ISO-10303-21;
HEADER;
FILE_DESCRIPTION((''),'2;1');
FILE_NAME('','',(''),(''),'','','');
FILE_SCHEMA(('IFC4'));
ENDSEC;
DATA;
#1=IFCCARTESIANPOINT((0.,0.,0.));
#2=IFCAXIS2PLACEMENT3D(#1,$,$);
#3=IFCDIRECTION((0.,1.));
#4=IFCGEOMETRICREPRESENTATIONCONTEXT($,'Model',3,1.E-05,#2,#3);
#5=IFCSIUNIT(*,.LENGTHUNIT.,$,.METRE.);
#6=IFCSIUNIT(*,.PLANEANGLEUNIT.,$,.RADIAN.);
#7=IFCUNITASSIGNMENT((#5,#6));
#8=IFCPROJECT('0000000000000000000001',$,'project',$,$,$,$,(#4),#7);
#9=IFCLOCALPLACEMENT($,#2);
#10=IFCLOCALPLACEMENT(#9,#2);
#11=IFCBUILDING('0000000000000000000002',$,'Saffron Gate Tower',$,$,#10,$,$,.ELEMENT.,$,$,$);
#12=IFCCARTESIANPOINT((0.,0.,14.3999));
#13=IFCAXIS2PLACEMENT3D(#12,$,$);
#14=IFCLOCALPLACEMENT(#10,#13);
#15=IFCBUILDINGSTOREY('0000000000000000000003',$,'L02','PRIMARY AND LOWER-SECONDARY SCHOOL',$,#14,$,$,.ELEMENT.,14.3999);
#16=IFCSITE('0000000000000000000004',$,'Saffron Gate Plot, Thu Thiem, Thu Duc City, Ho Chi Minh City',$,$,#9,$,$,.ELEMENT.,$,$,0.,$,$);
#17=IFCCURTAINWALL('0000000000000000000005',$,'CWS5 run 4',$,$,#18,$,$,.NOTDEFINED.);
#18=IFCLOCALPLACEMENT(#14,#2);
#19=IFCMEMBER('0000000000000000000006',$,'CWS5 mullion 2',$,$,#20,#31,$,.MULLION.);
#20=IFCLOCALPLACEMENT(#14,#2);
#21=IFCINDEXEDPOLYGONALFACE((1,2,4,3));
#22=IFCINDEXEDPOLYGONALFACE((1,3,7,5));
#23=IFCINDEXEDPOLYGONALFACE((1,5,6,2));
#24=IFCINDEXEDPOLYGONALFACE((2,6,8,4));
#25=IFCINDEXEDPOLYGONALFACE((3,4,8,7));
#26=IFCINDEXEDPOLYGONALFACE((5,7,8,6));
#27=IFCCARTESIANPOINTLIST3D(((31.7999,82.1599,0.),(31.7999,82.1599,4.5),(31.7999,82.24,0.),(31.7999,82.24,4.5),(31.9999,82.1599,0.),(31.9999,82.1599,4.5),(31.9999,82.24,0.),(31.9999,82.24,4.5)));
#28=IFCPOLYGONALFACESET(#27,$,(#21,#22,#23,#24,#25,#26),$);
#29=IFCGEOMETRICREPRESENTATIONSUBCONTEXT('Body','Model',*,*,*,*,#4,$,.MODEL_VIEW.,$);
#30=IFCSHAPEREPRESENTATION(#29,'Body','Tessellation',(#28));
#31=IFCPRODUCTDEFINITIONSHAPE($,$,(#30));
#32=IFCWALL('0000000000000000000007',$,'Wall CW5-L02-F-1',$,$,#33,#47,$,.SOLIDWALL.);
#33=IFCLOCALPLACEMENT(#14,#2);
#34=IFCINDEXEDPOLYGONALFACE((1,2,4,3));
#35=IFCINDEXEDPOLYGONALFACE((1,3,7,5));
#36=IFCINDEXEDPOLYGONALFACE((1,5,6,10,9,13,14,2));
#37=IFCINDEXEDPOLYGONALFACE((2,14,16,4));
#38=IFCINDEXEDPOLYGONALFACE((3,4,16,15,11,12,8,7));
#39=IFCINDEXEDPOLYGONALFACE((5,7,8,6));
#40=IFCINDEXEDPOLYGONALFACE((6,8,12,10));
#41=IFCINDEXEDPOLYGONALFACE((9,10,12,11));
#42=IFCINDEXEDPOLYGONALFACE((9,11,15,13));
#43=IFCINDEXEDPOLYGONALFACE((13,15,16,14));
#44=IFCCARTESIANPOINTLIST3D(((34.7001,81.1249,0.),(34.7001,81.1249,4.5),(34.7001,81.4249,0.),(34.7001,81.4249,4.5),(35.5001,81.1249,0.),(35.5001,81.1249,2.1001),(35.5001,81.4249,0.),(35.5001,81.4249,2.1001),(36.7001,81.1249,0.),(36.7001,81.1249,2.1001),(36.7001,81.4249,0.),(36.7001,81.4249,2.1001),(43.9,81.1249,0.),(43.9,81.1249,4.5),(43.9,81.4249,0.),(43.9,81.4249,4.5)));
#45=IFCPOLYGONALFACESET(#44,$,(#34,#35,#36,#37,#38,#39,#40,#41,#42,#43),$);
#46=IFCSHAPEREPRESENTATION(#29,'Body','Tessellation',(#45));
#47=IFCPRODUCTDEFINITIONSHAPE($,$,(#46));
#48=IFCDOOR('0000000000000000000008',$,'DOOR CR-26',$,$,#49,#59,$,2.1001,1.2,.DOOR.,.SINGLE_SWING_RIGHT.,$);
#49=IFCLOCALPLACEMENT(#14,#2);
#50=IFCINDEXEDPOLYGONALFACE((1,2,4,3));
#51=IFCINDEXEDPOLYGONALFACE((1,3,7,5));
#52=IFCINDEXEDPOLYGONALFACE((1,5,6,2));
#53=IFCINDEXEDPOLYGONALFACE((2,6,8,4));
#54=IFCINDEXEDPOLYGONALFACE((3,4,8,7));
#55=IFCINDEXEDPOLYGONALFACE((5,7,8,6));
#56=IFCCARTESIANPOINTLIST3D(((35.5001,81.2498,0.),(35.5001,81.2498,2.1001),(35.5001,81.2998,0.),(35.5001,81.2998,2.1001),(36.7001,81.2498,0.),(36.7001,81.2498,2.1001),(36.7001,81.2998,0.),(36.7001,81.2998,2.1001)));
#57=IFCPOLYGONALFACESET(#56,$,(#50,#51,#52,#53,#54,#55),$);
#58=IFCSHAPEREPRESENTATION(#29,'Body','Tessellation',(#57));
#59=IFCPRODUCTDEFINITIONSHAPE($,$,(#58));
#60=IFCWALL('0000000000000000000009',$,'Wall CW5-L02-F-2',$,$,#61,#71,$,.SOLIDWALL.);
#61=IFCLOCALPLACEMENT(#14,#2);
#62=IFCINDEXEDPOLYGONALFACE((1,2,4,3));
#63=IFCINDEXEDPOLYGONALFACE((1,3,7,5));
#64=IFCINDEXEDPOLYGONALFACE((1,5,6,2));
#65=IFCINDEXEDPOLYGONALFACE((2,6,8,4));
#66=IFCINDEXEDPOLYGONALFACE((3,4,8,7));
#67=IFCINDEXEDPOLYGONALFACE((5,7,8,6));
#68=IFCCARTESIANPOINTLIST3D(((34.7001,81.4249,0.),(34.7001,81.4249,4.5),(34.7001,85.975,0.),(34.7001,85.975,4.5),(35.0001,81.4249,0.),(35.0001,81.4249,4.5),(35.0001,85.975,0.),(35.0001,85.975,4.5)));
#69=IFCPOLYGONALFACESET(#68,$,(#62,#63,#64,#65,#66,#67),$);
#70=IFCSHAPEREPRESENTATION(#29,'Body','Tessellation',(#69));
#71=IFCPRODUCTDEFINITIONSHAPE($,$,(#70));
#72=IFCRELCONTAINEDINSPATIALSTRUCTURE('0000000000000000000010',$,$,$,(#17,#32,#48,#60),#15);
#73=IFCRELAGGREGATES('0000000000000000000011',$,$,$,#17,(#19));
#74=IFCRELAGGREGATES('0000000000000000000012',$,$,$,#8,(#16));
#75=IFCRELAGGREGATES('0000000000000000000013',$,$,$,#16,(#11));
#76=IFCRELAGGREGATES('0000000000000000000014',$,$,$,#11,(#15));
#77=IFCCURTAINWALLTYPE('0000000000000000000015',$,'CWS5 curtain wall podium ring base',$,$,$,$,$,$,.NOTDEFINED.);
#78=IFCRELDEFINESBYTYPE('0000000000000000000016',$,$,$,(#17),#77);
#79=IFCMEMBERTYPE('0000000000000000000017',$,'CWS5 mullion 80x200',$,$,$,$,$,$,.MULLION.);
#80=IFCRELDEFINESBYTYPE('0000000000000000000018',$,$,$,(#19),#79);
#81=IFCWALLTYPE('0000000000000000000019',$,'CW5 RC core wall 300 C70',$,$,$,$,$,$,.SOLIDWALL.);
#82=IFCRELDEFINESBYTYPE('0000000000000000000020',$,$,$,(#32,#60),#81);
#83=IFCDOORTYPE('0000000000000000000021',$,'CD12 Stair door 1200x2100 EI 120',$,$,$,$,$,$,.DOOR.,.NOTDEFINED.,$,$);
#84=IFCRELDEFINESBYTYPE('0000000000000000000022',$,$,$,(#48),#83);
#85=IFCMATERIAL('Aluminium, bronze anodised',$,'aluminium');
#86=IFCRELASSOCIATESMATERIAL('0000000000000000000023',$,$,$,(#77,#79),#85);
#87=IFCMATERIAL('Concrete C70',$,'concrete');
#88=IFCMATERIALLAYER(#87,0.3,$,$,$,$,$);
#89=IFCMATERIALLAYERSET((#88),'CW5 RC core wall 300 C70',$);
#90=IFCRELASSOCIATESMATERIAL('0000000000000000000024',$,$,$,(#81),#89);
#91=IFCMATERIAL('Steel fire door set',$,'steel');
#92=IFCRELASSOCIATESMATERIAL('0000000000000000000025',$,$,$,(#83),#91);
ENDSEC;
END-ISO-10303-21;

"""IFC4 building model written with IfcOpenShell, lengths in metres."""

from ifc_helpers import new_model, si_unit, direction, frame, frame_2d, origin, origin_2d, place, context, subcontext, project, spatial, rectangle, extrude, material, layer, layer_set, material_profile, profile_set, type_object, element, fill, aggregate, save


model = new_model("IFC4")

# Units and contexts
model_context = context("Model", 3, precision=1e-05, world=origin(), true_north=direction((0.0, 1.0)))
body_context = subcontext(model_context, "Body", "Model", "MODEL_VIEW")
ifc_project = project(units=[si_unit("LENGTHUNIT", "METRE"), si_unit("PLANEANGLEUNIT", "RADIAN")], contexts=[model_context])

# Site, building, storey
site_placement = place(None, origin())
site = spatial("IfcSite", under=ifc_project, at=site_placement, Name="Saffron Gate Plot, Thu Thiem, Thu Duc City, Ho Chi Minh City", CompositionType="ELEMENT", RefElevation=0.0)
building_placement = place(site_placement, origin())
building = spatial("IfcBuilding", under=site, at=building_placement, Name="Saffron Gate Tower", CompositionType="ELEMENT")
storey_placement = place(building_placement, frame((0.0, 0.0, 14.3999)))
storey = spatial("IfcBuildingStorey", under=building, at=storey_placement, Name="L02", Description="PRIMARY AND LOWER-SECONDARY SCHOOL", CompositionType="ELEMENT", Elevation=14.3999)

# Curtain wall, member
ifc_material_1 = material(Name="Aluminium, bronze anodised", Category="aluminium")
curtain_wall_type = type_object("IfcCurtainWallType", Name="CWS5 curtain wall podium ring base", PredefinedType="NOTDEFINED", material=ifc_material_1)
curtain_wall_placement = place(storey_placement, origin())
curtain_wall = element("IfcCurtainWall", 1, at=curtain_wall_placement, inside=storey, type_object=curtain_wall_type, Name="CWS5 run 4", PredefinedType="NOTDEFINED")
ifc_material_profile_1 = material_profile(ifc_material_1, rectangle(XDim=0.2, YDim=0.0801, at=origin_2d()))
ifc_profile_set_1 = profile_set([ifc_material_profile_1], Name="Aluminium, bronze anodised")
member_type = type_object("IfcMemberType", Name="CWS5 mullion 80x200", PredefinedType="MULLION", material=ifc_profile_set_1)
member_placement = place(storey_placement, frame((31.8999, 82.2, 0.0), z_axis=(0.0, 0.0, 1.0), x_axis=(1.0, 0.0, 0.0)))
member = element("IfcMember", 2, at=member_placement, type_object=member_type, Name="CWS5 mullion 2", PredefinedType="MULLION", context=body_context, shape_type="SweptSolid", body=[
    extrude(rectangle(XDim=0.2, YDim=0.0801, at=origin_2d()), origin(), (0.0, 0.0, 1.0), 4.5),
])
aggregate(curtain_wall, [member])

# Wall, opening, door
ifc_material_2 = material(Name="Concrete C70", Category="concrete")
ifc_layer = layer(ifc_material_2, 0.3)
ifc_layer_set = layer_set([ifc_layer], Name="CW5 RC core wall 300 C70")
wall_type = type_object("IfcWallType", Name="CW5 RC core wall 300 C70", PredefinedType="SOLIDWALL", material=ifc_layer_set)
wall_1_placement = place(storey_placement, frame((34.7, 81.2749, 0.0), z_axis=(0.0, 0.0, 1.0), x_axis=(1.0, 0.0, 0.0)))
wall_1 = element("IfcWall", 3, at=wall_1_placement, inside=storey, type_object=wall_type, Name="Wall CW5-L02-F-1", PredefinedType="SOLIDWALL", context=body_context, shape_type="SweptSolid", body=[
    extrude(rectangle(XDim=9.2, YDim=0.3, at=frame_2d((4.6001, 0.0))), origin(), (0.0, 0.0, 1.0), 4.5),
])
opening_placement = place(wall_1_placement, frame((0.8, 0.0, 0.0)))
opening = element("IfcOpeningElement", 4, at=opening_placement, cuts=wall_1, PredefinedType="OPENING", context=body_context, shape_type="SweptSolid", body=[
    extrude(rectangle(XDim=1.2, YDim=2.1001, at=frame_2d((0.6001, 1.05))), frame((0.0, 0.1602, 0.0), z_axis=(0.0, -1.0, 0.0), x_axis=(1.0, 0.0, 0.0)), (0.0, 0.0, 1.0), 0.3201),
])
ifc_material_3 = material(Name="Steel fire door set", Category="steel")
door_type = type_object("IfcDoorType", Name="CD12 Stair door 1200x2100 EI 120", OperationType="NOTDEFINED", PredefinedType="DOOR", material=ifc_material_3)
door_placement = place(opening_placement, origin())
door = element("IfcDoor", 5, at=door_placement, inside=storey, type_object=door_type, Name="DOOR CR-26", OperationType="SINGLE_SWING_RIGHT", OverallHeight=2.1001, OverallWidth=1.2, PredefinedType="DOOR", context=body_context, shape_type="SweptSolid", body=[
    extrude(rectangle(XDim=1.2, YDim=2.1001, at=frame_2d((0.6001, 1.05))), frame((0.0, 0.0249, 0.0), z_axis=(0.0, -1.0, 0.0), x_axis=(1.0, 0.0, 0.0)), (0.0, 0.0, 1.0), 0.05),
])
fill(opening, door)

# Wall
wall_2_placement = place(storey_placement, frame((34.8501, 81.425, 0.0), z_axis=(0.0, 0.0, 1.0), x_axis=(0.0, 1.0, 0.0)))
element("IfcWall", 6, at=wall_2_placement, inside=storey, type_object=wall_type, Name="Wall CW5-L02-F-2", PredefinedType="SOLIDWALL", context=body_context, shape_type="SweptSolid", body=[
    extrude(rectangle(XDim=4.55, YDim=0.3, at=frame_2d((2.2749, 0.0))), origin(), (0.0, 0.0, 1.0), 4.5),
])

save(model, "model.ifc")
